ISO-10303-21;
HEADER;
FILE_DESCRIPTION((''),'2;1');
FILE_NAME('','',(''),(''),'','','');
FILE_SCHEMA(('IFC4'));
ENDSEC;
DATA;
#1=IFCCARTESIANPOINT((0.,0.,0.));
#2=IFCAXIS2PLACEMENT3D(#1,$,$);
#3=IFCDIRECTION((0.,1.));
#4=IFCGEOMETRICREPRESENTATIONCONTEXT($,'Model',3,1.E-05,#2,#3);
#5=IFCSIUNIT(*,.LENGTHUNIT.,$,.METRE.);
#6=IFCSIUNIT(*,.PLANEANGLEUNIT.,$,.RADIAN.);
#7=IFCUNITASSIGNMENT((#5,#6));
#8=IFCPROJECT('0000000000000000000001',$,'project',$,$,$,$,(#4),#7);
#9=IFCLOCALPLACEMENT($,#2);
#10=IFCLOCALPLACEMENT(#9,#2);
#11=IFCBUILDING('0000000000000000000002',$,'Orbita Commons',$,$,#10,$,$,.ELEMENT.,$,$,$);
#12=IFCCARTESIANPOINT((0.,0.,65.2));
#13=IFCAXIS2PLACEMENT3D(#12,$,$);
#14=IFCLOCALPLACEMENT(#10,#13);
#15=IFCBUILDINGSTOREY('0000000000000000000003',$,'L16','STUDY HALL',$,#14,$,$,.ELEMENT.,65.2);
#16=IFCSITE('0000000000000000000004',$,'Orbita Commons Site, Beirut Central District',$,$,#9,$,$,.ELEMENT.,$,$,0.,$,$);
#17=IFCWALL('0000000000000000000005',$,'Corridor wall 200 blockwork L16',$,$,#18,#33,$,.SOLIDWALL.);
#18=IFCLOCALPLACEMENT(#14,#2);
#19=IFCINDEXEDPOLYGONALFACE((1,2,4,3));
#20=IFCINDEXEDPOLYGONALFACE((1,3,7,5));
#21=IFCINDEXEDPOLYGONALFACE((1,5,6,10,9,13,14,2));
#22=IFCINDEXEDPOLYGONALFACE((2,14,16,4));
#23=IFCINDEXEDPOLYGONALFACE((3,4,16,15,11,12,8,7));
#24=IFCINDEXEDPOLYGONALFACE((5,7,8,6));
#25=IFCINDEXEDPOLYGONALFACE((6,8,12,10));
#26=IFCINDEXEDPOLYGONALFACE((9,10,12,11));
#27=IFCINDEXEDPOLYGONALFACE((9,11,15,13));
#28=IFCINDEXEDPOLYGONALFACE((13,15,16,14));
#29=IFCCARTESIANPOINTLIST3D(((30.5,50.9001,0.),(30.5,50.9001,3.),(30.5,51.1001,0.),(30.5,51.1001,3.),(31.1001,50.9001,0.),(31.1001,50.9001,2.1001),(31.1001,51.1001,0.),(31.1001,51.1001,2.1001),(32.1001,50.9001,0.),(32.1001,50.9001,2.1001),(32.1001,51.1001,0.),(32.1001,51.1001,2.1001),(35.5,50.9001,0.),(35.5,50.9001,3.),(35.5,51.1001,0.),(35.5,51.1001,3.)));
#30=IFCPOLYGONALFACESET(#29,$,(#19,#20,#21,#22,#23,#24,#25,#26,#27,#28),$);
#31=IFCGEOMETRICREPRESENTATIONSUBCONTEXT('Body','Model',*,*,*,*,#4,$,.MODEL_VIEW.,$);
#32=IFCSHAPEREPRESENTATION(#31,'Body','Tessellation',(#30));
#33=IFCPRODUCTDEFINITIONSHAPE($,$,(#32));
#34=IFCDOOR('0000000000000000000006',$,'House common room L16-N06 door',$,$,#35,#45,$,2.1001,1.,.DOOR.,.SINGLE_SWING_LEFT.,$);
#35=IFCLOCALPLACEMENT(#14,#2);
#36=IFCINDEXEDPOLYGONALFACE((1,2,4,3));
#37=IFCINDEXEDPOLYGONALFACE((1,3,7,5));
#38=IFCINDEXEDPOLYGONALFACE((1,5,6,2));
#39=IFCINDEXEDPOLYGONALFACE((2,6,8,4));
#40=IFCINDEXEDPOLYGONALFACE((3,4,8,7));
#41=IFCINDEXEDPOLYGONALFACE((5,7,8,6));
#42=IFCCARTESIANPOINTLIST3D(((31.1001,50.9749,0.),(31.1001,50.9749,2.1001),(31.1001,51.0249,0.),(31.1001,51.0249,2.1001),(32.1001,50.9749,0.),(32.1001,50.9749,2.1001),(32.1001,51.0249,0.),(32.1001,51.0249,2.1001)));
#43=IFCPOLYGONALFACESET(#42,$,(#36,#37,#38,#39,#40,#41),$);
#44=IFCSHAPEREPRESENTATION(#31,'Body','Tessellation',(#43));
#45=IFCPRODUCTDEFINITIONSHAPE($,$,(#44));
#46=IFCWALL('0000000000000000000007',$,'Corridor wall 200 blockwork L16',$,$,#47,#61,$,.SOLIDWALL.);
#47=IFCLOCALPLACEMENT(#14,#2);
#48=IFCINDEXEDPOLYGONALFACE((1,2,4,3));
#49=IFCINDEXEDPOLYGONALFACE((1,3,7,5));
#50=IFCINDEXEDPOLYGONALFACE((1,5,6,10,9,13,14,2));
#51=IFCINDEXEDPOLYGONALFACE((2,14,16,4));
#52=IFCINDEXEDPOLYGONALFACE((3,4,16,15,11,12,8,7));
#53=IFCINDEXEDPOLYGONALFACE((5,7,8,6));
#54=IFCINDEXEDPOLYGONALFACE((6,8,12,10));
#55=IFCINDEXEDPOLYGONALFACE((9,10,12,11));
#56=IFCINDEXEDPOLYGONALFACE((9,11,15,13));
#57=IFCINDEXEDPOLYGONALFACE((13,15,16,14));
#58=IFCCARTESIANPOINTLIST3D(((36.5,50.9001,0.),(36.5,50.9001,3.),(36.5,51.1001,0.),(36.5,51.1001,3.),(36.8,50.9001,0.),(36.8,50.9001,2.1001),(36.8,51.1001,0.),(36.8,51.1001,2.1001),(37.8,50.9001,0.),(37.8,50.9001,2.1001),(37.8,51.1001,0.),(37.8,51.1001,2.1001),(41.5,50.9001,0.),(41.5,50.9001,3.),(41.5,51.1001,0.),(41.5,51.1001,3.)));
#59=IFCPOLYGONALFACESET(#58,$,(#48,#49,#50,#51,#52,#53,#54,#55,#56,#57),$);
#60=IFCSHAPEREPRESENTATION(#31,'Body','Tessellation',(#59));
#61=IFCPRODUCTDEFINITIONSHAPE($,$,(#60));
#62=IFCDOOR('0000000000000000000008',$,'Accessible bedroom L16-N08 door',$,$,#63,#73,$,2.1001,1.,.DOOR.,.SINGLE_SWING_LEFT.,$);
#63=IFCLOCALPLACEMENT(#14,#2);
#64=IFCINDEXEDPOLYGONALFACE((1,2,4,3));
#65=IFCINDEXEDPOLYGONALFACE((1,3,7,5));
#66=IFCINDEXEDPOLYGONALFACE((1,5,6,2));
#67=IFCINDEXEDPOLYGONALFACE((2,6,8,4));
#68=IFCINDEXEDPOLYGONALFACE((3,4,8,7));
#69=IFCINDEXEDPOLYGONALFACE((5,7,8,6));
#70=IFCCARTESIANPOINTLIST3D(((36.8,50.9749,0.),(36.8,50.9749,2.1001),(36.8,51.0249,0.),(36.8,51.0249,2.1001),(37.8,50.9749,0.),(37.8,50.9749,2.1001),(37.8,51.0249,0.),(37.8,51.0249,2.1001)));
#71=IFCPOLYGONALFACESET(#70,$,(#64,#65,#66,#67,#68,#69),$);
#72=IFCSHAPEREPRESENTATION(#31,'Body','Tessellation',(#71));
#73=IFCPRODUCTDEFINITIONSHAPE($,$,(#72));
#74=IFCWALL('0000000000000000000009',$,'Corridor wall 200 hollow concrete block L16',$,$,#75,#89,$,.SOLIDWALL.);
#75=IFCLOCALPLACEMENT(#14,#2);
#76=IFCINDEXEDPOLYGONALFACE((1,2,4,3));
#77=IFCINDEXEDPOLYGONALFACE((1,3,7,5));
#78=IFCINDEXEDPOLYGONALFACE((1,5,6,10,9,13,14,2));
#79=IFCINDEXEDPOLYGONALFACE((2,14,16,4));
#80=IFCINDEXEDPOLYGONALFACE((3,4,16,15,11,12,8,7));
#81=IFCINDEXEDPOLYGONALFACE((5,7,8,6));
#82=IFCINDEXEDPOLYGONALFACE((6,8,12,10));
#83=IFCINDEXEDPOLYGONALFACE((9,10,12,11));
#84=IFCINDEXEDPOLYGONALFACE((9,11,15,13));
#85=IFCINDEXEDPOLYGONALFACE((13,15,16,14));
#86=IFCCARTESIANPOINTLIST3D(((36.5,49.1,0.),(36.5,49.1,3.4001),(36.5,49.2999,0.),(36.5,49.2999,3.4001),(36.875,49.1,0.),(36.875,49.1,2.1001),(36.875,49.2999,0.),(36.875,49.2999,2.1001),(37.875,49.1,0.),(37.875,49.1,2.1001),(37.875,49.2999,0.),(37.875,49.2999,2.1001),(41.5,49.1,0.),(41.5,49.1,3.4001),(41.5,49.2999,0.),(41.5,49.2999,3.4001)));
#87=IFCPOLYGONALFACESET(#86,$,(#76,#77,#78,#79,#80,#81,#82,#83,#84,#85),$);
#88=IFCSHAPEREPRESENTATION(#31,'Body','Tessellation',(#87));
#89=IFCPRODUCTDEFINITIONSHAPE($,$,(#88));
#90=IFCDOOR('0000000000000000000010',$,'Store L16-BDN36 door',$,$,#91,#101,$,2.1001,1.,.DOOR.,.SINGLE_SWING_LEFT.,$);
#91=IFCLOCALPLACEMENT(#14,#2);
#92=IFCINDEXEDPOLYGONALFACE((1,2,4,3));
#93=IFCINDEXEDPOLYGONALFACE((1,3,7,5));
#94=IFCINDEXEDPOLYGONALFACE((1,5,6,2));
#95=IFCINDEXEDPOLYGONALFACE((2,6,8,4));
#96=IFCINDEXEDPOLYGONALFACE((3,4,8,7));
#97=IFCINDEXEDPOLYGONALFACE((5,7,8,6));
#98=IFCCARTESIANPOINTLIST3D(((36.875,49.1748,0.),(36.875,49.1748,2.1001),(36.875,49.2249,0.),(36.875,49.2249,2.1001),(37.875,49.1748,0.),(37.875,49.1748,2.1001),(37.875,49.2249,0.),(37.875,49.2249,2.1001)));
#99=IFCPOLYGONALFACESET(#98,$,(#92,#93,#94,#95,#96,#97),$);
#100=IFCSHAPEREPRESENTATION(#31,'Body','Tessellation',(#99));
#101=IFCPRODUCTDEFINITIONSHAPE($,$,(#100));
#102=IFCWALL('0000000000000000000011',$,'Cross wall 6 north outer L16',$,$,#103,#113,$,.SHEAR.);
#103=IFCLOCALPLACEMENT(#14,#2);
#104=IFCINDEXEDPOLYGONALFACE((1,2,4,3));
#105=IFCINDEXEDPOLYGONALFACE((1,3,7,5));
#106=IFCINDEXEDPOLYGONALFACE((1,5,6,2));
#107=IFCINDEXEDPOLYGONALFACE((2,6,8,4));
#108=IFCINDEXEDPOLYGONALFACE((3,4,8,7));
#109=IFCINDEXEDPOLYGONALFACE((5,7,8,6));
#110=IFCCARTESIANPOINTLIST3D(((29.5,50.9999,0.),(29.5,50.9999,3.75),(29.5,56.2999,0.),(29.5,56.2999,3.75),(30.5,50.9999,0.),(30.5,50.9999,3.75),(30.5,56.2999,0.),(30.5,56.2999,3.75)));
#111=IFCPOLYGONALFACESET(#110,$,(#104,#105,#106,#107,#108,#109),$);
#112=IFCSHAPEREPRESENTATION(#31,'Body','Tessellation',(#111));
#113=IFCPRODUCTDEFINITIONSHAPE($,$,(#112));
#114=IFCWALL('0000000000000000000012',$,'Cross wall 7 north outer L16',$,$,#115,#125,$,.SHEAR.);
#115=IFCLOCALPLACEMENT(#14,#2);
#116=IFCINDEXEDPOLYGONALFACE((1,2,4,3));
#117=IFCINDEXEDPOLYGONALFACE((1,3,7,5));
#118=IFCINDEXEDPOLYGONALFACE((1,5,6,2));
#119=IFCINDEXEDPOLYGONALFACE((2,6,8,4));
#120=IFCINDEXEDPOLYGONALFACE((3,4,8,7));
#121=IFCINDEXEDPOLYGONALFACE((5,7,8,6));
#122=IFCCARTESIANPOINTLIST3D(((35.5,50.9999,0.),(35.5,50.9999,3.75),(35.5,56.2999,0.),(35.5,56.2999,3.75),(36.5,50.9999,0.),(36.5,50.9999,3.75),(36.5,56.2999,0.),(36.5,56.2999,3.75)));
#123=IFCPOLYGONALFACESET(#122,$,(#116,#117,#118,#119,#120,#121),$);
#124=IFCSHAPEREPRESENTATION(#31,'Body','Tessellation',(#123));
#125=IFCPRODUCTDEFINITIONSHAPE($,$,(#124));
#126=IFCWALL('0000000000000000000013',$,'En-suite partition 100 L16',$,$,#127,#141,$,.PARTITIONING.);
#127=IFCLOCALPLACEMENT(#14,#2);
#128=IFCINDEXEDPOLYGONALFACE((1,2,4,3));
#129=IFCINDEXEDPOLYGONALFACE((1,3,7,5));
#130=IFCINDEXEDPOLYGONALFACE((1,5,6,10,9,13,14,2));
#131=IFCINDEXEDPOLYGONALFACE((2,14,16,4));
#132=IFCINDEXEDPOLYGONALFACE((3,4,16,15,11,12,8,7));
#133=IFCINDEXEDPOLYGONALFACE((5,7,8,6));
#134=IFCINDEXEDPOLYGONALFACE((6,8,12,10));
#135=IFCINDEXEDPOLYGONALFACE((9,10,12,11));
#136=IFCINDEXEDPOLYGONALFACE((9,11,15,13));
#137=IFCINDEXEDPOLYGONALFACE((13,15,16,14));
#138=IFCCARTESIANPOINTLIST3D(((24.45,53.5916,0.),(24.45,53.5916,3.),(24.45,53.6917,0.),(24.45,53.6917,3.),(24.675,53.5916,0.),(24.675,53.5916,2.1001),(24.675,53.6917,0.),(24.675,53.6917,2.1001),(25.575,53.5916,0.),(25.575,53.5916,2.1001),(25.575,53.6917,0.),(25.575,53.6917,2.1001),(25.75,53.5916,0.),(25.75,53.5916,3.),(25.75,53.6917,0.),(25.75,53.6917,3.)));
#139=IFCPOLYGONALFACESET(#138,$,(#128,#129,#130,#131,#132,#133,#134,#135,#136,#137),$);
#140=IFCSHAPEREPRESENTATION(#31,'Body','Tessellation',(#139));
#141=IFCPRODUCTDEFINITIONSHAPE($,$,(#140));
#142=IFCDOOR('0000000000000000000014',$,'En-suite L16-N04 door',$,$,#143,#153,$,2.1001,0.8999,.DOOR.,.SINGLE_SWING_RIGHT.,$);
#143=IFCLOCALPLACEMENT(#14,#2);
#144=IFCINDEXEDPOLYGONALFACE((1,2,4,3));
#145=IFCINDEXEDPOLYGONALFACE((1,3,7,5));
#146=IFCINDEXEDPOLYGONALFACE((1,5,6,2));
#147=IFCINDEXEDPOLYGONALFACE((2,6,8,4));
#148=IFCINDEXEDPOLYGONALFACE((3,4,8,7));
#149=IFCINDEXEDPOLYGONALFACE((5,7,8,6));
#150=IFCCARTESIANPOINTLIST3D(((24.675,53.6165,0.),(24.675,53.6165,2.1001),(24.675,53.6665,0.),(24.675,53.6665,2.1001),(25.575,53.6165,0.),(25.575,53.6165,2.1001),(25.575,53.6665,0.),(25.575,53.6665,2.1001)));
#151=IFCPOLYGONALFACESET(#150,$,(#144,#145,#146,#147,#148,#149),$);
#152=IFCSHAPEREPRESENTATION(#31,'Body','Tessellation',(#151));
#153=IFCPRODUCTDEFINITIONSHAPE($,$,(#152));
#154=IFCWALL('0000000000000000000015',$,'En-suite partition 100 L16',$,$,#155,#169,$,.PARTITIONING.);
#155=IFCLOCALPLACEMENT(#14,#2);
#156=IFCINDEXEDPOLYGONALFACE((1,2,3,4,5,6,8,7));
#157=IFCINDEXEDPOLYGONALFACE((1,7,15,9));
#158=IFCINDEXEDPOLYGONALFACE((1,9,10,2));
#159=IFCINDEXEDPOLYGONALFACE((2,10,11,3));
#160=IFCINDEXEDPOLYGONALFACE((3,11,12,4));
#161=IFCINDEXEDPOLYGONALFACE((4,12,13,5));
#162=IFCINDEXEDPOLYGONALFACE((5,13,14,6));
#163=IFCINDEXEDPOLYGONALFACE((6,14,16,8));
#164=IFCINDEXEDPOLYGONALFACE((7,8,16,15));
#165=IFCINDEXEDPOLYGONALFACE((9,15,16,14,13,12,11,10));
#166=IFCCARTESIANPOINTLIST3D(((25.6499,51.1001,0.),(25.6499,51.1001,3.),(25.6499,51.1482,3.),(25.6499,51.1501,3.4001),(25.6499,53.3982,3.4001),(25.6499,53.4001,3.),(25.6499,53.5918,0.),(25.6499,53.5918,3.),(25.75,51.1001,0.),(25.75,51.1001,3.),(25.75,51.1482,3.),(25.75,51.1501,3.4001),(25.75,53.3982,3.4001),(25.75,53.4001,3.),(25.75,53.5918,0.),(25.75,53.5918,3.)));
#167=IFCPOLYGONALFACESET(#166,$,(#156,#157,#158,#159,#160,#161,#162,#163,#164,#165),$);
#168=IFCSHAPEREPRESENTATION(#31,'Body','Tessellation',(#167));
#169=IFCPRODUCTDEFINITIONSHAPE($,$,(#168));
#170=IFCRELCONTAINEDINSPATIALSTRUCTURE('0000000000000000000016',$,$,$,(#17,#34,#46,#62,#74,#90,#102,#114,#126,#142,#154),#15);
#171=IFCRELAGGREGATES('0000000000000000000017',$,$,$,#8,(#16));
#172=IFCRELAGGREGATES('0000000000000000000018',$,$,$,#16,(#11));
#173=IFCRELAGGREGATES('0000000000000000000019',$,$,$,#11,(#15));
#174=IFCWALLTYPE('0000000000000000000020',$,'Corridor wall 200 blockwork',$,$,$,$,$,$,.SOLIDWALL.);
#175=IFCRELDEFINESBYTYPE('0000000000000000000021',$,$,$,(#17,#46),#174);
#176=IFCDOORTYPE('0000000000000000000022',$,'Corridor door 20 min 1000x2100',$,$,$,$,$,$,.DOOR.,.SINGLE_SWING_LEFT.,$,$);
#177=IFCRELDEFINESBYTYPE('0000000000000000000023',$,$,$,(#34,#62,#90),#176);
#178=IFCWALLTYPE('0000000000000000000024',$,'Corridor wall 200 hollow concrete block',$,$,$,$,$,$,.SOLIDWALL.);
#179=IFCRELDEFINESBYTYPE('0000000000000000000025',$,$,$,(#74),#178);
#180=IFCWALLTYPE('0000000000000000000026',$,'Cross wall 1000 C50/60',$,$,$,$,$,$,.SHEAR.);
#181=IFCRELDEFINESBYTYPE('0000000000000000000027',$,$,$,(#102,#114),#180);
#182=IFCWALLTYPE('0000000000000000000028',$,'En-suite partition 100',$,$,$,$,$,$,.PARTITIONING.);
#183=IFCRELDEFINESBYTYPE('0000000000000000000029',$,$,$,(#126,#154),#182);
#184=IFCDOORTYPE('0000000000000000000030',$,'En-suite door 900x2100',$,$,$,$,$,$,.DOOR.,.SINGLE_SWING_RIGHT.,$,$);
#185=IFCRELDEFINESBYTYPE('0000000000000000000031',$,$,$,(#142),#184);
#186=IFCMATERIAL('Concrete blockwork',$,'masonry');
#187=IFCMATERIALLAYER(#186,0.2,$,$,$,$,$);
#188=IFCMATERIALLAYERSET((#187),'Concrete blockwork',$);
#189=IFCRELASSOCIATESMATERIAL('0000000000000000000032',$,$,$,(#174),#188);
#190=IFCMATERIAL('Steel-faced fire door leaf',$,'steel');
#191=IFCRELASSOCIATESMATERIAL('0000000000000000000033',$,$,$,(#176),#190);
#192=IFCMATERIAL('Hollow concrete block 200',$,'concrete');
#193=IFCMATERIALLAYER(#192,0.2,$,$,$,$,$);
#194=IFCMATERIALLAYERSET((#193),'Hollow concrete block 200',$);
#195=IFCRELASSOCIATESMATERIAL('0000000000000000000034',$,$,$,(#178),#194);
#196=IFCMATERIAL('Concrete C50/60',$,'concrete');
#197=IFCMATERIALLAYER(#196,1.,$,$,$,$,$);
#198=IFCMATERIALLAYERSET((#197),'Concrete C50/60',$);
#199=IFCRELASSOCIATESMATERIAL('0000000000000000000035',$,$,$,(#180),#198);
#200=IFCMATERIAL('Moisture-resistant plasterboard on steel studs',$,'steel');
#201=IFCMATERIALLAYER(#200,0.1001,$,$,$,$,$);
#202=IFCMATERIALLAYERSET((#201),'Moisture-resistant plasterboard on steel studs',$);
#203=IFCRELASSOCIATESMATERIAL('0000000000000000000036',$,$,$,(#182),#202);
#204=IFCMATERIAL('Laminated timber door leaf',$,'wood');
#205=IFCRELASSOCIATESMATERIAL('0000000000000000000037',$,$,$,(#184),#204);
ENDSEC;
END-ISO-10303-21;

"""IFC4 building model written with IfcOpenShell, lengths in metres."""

from ifc_helpers import new_model, si_unit, direction, frame, frame_2d, origin, place, context, subcontext, project, spatial, polyline, rectangle, outline, extrude, material, layer, layer_set, type_object, element, fill, save


model = new_model("IFC4")

# Units and contexts
model_context = context("Model", 3, precision=1e-05, world=origin(), true_north=direction((0.0, 1.0)))
body_context = subcontext(model_context, "Body", "Model", "MODEL_VIEW")
ifc_project = project(units=[si_unit("LENGTHUNIT", "METRE"), si_unit("PLANEANGLEUNIT", "RADIAN")], contexts=[model_context])

# Site, building, storey
site_placement = place(None, origin())
site = spatial("IfcSite", under=ifc_project, at=site_placement, Name="Orbita Commons Site, Beirut Central District", CompositionType="ELEMENT", RefElevation=0.0)
building_placement = place(site_placement, origin())
building = spatial("IfcBuilding", under=site, at=building_placement, Name="Orbita Commons", CompositionType="ELEMENT")
storey_placement = place(building_placement, frame((0.0, 0.0, 65.2)))
storey = spatial("IfcBuildingStorey", under=building, at=storey_placement, Name="L16", Description="STUDY HALL", CompositionType="ELEMENT", Elevation=65.2)

# Shared definitions
ifc_material_1 = material(Name="Concrete blockwork", Category="masonry")
ifc_layer_1 = layer(ifc_material_1, 0.2)
ifc_layer_set_1 = layer_set([ifc_layer_1], Name="Concrete blockwork")
wall_type_1 = type_object("IfcWallType", Name="Corridor wall 200 blockwork", PredefinedType="SOLIDWALL", material=ifc_layer_set_1)

# Walls, openings, doors
wall_1_placement = place(storey_placement, frame((30.5, 51.0, 0.0), z_axis=(0.0, 0.0, 1.0), x_axis=(1.0, 0.0, 0.0)))
wall_1 = element("IfcWall", 1, at=wall_1_placement, inside=storey, type_object=wall_type_1, Name="Corridor wall 200 blockwork L16", PredefinedType="SOLIDWALL", context=body_context, shape_type="SweptSolid", body=[
    extrude(outline(polyline([(0.0, 0.0), (5.0, 0.0), (5.0, 3.0), (0.0, 3.0), (0.0, 0.0)])), frame((0.0, 0.1001, 0.0), z_axis=(0.0, -1.0, 0.0), x_axis=(1.0, 0.0, 0.0)), (0.0, 0.0, 1.0), 0.2),
])
opening_1_placement = place(wall_1_placement, frame((0.6001, 0.0, 0.0)))
opening_1 = element("IfcOpeningElement", 2, at=opening_1_placement, cuts=wall_1, PredefinedType="OPENING", context=body_context, shape_type="SweptSolid", body=[
    extrude(rectangle(XDim=1.0, YDim=2.1001, at=frame_2d((0.5, 1.05))), frame((0.0, 0.1099, 0.0), z_axis=(0.0, -1.0, 0.0), x_axis=(1.0, 0.0, 0.0)), (0.0, 0.0, 1.0), 0.22),
])
ifc_material_2 = material(Name="Steel-faced fire door leaf", Category="steel")
door_type_1 = type_object("IfcDoorType", Name="Corridor door 20 min 1000x2100", OperationType="SINGLE_SWING_LEFT", PredefinedType="DOOR", material=ifc_material_2)
door_1_placement = place(opening_1_placement, origin())
door_1 = element("IfcDoor", 3, at=door_1_placement, inside=storey, type_object=door_type_1, Name="House common room L16-N06 door", OperationType="SINGLE_SWING_LEFT", OverallHeight=2.1001, OverallWidth=1.0, PredefinedType="DOOR", context=body_context, shape_type="SweptSolid", body=[
    extrude(rectangle(XDim=1.0, YDim=2.1001, at=frame_2d((0.5, 1.05))), frame((0.0, 0.0249, 0.0), z_axis=(0.0, -1.0, 0.0), x_axis=(1.0, 0.0, 0.0)), (0.0, 0.0, 1.0), 0.05),
])
fill(opening_1, door_1)
wall_2_placement = place(storey_placement, frame((36.5, 51.0, 0.0), z_axis=(0.0, 0.0, 1.0), x_axis=(1.0, 0.0, 0.0)))
wall_2 = element("IfcWall", 4, at=wall_2_placement, inside=storey, type_object=wall_type_1, Name="Corridor wall 200 blockwork L16", PredefinedType="SOLIDWALL", context=body_context, shape_type="SweptSolid", body=[
    extrude(outline(polyline([(0.0, 0.0), (5.0, 0.0), (5.0, 3.0), (0.0, 3.0), (0.0, 0.0)])), frame((0.0, 0.1001, 0.0), z_axis=(0.0, -1.0, 0.0), x_axis=(1.0, 0.0, 0.0)), (0.0, 0.0, 1.0), 0.2),
])
opening_2_placement = place(wall_2_placement, frame((0.3, 0.0, 0.0)))
opening_2 = element("IfcOpeningElement", 5, at=opening_2_placement, cuts=wall_2, PredefinedType="OPENING", context=body_context, shape_type="SweptSolid", body=[
    extrude(rectangle(XDim=1.0, YDim=2.1001, at=frame_2d((0.5, 1.05))), frame((0.0, 0.1099, 0.0), z_axis=(0.0, -1.0, 0.0), x_axis=(1.0, 0.0, 0.0)), (0.0, 0.0, 1.0), 0.22),
])
door_2_placement = place(opening_2_placement, origin())
door_2 = element("IfcDoor", 6, at=door_2_placement, inside=storey, type_object=door_type_1, Name="Accessible bedroom L16-N08 door", OperationType="SINGLE_SWING_LEFT", OverallHeight=2.1001, OverallWidth=1.0, PredefinedType="DOOR", context=body_context, shape_type="SweptSolid", body=[
    extrude(rectangle(XDim=1.0, YDim=2.1001, at=frame_2d((0.5, 1.05))), frame((0.0, 0.0249, 0.0), z_axis=(0.0, -1.0, 0.0), x_axis=(1.0, 0.0, 0.0)), (0.0, 0.0, 1.0), 0.05),
])
fill(opening_2, door_2)
ifc_material_3 = material(Name="Hollow concrete block 200", Category="concrete")
ifc_layer_2 = layer(ifc_material_3, 0.2)
ifc_layer_set_2 = layer_set([ifc_layer_2], Name="Hollow concrete block 200")
wall_type_2 = type_object("IfcWallType", Name="Corridor wall 200 hollow concrete block", PredefinedType="SOLIDWALL", material=ifc_layer_set_2)
wall_3_placement = place(storey_placement, frame((36.5, 49.2, 0.0), z_axis=(0.0, 0.0, 1.0), x_axis=(1.0, 0.0, 0.0)))
wall_3 = element("IfcWall", 7, at=wall_3_placement, inside=storey, type_object=wall_type_2, Name="Corridor wall 200 hollow concrete block L16", PredefinedType="SOLIDWALL", context=body_context, shape_type="SweptSolid", body=[
    extrude(rectangle(XDim=5.0, YDim=0.2, at=frame_2d((2.5, 0.0))), origin(), (0.0, 0.0, 1.0), 3.4001),
])
opening_3_placement = place(wall_3_placement, frame((0.375, 0.0, 0.0)))
opening_3 = element("IfcOpeningElement", 8, at=opening_3_placement, cuts=wall_3, PredefinedType="OPENING", context=body_context, shape_type="SweptSolid", body=[
    extrude(rectangle(XDim=1.0, YDim=2.1001, at=frame_2d((0.5, 1.05))), frame((0.0, 0.1099, 0.0), z_axis=(0.0, -1.0, 0.0), x_axis=(1.0, 0.0, 0.0)), (0.0, 0.0, 1.0), 0.22),
])
door_3_placement = place(opening_3_placement, origin())
door_3 = element("IfcDoor", 9, at=door_3_placement, inside=storey, type_object=door_type_1, Name="Store L16-BDN36 door", OperationType="SINGLE_SWING_LEFT", OverallHeight=2.1001, OverallWidth=1.0, PredefinedType="DOOR", context=body_context, shape_type="SweptSolid", body=[
    extrude(rectangle(XDim=1.0, YDim=2.1001, at=frame_2d((0.5, 1.05))), frame((0.0, 0.0249, 0.0), z_axis=(0.0, -1.0, 0.0), x_axis=(1.0, 0.0, 0.0)), (0.0, 0.0, 1.0), 0.05),
])
fill(opening_3, door_3)

# Walls
ifc_material_4 = material(Name="Concrete C50/60", Category="concrete")
ifc_layer_3 = layer(ifc_material_4, 1.0)
ifc_layer_set_3 = layer_set([ifc_layer_3], Name="Concrete C50/60")
wall_type_3 = type_object("IfcWallType", Name="Cross wall 1000 C50/60", PredefinedType="SHEAR", material=ifc_layer_set_3)
for number, where, z_axis, x_axis, name in (
    (10, (30.0, 51.0, 0.0), (0.0, 0.0, 1.0), (0.0, 1.0, 0.0), "Cross wall 6 north outer L16"),
    (11, (36.0, 51.0, 0.0), (0.0, 0.0, 1.0), (0.0, 1.0, 0.0), "Cross wall 7 north outer L16"),
):
    element("IfcWall", number, at=place(storey_placement, frame(where, z_axis=z_axis, x_axis=x_axis)), inside=storey, type_object=wall_type_3, Name=name, PredefinedType="SHEAR", context=body_context, shape_type="SweptSolid", body=[
        extrude(rectangle(XDim=5.3, YDim=1.0, at=frame_2d((2.6499, 0.0))), origin(), (0.0, 0.0, 1.0), 3.75),
    ])

# Wall, opening, door
ifc_material_5 = material(Name="Moisture-resistant plasterboard on steel studs", Category="steel")
ifc_layer_4 = layer(ifc_material_5, 0.1001)
ifc_layer_set_4 = layer_set([ifc_layer_4], Name="Moisture-resistant plasterboard on steel studs")
wall_type_4 = type_object("IfcWallType", Name="En-suite partition 100", PredefinedType="PARTITIONING", material=ifc_layer_set_4)
wall_4_placement = place(storey_placement, frame((24.45, 53.6416, 0.0), z_axis=(0.0, 0.0, 1.0), x_axis=(1.0, 0.0, 0.0)))
wall_4 = element("IfcWall", 12, at=wall_4_placement, inside=storey, type_object=wall_type_4, Name="En-suite partition 100 L16", PredefinedType="PARTITIONING", context=body_context, shape_type="SweptSolid", body=[
    extrude(outline(polyline([(0.0, 0.0), (1.3, 0.0), (1.3, 3.0), (0.0, 3.0), (0.0, 0.0)])), frame((0.0, 0.05, 0.0), z_axis=(0.0, -1.0, 0.0), x_axis=(1.0, 0.0, 0.0)), (0.0, 0.0, 1.0), 0.1001),
])
opening_4_placement = place(wall_4_placement, frame((0.2251, 0.0, 0.0)))
opening_4 = element("IfcOpeningElement", 13, at=opening_4_placement, cuts=wall_4, PredefinedType="OPENING", context=body_context, shape_type="SweptSolid", body=[
    extrude(rectangle(XDim=0.8999, YDim=2.1001, at=frame_2d((0.45, 1.05))), frame((0.0, 0.0601, 0.0), z_axis=(0.0, -1.0, 0.0), x_axis=(1.0, 0.0, 0.0)), (0.0, 0.0, 1.0), 0.1201),
])
ifc_material_6 = material(Name="Laminated timber door leaf", Category="wood")
door_type_2 = type_object("IfcDoorType", Name="En-suite door 900x2100", OperationType="SINGLE_SWING_RIGHT", PredefinedType="DOOR", material=ifc_material_6)
door_4_placement = place(opening_4_placement, origin())
door_4 = element("IfcDoor", 14, at=door_4_placement, inside=storey, type_object=door_type_2, Name="En-suite L16-N04 door", OperationType="SINGLE_SWING_RIGHT", OverallHeight=2.1001, OverallWidth=0.8999, PredefinedType="DOOR", context=body_context, shape_type="SweptSolid", body=[
    extrude(rectangle(XDim=0.8999, YDim=2.1001, at=frame_2d((0.45, 1.05))), frame((0.0, 0.0249, 0.0), z_axis=(0.0, -1.0, 0.0), x_axis=(1.0, 0.0, 0.0)), (0.0, 0.0, 1.0), 0.05),
])
fill(opening_4, door_4)

# Wall
for number, where, z_axis, x_axis, name in (
    (15, (25.7, 53.5918, 0.0), (0.0, 0.0, 1.0), (0.0, -1.0, 0.0), "En-suite partition 100 L16"),
):
    element("IfcWall", number, at=place(storey_placement, frame(where, z_axis=z_axis, x_axis=x_axis)), inside=storey, type_object=wall_type_4, Name=name, PredefinedType="PARTITIONING", context=body_context, shape_type="SweptSolid", body=[
        extrude(outline(polyline([(0.0, 0.0), (2.4917, 0.0), (2.4917, 3.0), (2.4436, 3.0), (2.4417, 3.4001), (0.1936, 3.4001), (0.1917, 3.0), (0.0, 3.0), (0.0, 0.0)])), frame((0.0, 0.05, 0.0), z_axis=(0.0, -1.0, 0.0), x_axis=(1.0, 0.0, 0.0)), (0.0, 0.0, 1.0), 0.1001),
    ])

save(model, "model.ifc")
